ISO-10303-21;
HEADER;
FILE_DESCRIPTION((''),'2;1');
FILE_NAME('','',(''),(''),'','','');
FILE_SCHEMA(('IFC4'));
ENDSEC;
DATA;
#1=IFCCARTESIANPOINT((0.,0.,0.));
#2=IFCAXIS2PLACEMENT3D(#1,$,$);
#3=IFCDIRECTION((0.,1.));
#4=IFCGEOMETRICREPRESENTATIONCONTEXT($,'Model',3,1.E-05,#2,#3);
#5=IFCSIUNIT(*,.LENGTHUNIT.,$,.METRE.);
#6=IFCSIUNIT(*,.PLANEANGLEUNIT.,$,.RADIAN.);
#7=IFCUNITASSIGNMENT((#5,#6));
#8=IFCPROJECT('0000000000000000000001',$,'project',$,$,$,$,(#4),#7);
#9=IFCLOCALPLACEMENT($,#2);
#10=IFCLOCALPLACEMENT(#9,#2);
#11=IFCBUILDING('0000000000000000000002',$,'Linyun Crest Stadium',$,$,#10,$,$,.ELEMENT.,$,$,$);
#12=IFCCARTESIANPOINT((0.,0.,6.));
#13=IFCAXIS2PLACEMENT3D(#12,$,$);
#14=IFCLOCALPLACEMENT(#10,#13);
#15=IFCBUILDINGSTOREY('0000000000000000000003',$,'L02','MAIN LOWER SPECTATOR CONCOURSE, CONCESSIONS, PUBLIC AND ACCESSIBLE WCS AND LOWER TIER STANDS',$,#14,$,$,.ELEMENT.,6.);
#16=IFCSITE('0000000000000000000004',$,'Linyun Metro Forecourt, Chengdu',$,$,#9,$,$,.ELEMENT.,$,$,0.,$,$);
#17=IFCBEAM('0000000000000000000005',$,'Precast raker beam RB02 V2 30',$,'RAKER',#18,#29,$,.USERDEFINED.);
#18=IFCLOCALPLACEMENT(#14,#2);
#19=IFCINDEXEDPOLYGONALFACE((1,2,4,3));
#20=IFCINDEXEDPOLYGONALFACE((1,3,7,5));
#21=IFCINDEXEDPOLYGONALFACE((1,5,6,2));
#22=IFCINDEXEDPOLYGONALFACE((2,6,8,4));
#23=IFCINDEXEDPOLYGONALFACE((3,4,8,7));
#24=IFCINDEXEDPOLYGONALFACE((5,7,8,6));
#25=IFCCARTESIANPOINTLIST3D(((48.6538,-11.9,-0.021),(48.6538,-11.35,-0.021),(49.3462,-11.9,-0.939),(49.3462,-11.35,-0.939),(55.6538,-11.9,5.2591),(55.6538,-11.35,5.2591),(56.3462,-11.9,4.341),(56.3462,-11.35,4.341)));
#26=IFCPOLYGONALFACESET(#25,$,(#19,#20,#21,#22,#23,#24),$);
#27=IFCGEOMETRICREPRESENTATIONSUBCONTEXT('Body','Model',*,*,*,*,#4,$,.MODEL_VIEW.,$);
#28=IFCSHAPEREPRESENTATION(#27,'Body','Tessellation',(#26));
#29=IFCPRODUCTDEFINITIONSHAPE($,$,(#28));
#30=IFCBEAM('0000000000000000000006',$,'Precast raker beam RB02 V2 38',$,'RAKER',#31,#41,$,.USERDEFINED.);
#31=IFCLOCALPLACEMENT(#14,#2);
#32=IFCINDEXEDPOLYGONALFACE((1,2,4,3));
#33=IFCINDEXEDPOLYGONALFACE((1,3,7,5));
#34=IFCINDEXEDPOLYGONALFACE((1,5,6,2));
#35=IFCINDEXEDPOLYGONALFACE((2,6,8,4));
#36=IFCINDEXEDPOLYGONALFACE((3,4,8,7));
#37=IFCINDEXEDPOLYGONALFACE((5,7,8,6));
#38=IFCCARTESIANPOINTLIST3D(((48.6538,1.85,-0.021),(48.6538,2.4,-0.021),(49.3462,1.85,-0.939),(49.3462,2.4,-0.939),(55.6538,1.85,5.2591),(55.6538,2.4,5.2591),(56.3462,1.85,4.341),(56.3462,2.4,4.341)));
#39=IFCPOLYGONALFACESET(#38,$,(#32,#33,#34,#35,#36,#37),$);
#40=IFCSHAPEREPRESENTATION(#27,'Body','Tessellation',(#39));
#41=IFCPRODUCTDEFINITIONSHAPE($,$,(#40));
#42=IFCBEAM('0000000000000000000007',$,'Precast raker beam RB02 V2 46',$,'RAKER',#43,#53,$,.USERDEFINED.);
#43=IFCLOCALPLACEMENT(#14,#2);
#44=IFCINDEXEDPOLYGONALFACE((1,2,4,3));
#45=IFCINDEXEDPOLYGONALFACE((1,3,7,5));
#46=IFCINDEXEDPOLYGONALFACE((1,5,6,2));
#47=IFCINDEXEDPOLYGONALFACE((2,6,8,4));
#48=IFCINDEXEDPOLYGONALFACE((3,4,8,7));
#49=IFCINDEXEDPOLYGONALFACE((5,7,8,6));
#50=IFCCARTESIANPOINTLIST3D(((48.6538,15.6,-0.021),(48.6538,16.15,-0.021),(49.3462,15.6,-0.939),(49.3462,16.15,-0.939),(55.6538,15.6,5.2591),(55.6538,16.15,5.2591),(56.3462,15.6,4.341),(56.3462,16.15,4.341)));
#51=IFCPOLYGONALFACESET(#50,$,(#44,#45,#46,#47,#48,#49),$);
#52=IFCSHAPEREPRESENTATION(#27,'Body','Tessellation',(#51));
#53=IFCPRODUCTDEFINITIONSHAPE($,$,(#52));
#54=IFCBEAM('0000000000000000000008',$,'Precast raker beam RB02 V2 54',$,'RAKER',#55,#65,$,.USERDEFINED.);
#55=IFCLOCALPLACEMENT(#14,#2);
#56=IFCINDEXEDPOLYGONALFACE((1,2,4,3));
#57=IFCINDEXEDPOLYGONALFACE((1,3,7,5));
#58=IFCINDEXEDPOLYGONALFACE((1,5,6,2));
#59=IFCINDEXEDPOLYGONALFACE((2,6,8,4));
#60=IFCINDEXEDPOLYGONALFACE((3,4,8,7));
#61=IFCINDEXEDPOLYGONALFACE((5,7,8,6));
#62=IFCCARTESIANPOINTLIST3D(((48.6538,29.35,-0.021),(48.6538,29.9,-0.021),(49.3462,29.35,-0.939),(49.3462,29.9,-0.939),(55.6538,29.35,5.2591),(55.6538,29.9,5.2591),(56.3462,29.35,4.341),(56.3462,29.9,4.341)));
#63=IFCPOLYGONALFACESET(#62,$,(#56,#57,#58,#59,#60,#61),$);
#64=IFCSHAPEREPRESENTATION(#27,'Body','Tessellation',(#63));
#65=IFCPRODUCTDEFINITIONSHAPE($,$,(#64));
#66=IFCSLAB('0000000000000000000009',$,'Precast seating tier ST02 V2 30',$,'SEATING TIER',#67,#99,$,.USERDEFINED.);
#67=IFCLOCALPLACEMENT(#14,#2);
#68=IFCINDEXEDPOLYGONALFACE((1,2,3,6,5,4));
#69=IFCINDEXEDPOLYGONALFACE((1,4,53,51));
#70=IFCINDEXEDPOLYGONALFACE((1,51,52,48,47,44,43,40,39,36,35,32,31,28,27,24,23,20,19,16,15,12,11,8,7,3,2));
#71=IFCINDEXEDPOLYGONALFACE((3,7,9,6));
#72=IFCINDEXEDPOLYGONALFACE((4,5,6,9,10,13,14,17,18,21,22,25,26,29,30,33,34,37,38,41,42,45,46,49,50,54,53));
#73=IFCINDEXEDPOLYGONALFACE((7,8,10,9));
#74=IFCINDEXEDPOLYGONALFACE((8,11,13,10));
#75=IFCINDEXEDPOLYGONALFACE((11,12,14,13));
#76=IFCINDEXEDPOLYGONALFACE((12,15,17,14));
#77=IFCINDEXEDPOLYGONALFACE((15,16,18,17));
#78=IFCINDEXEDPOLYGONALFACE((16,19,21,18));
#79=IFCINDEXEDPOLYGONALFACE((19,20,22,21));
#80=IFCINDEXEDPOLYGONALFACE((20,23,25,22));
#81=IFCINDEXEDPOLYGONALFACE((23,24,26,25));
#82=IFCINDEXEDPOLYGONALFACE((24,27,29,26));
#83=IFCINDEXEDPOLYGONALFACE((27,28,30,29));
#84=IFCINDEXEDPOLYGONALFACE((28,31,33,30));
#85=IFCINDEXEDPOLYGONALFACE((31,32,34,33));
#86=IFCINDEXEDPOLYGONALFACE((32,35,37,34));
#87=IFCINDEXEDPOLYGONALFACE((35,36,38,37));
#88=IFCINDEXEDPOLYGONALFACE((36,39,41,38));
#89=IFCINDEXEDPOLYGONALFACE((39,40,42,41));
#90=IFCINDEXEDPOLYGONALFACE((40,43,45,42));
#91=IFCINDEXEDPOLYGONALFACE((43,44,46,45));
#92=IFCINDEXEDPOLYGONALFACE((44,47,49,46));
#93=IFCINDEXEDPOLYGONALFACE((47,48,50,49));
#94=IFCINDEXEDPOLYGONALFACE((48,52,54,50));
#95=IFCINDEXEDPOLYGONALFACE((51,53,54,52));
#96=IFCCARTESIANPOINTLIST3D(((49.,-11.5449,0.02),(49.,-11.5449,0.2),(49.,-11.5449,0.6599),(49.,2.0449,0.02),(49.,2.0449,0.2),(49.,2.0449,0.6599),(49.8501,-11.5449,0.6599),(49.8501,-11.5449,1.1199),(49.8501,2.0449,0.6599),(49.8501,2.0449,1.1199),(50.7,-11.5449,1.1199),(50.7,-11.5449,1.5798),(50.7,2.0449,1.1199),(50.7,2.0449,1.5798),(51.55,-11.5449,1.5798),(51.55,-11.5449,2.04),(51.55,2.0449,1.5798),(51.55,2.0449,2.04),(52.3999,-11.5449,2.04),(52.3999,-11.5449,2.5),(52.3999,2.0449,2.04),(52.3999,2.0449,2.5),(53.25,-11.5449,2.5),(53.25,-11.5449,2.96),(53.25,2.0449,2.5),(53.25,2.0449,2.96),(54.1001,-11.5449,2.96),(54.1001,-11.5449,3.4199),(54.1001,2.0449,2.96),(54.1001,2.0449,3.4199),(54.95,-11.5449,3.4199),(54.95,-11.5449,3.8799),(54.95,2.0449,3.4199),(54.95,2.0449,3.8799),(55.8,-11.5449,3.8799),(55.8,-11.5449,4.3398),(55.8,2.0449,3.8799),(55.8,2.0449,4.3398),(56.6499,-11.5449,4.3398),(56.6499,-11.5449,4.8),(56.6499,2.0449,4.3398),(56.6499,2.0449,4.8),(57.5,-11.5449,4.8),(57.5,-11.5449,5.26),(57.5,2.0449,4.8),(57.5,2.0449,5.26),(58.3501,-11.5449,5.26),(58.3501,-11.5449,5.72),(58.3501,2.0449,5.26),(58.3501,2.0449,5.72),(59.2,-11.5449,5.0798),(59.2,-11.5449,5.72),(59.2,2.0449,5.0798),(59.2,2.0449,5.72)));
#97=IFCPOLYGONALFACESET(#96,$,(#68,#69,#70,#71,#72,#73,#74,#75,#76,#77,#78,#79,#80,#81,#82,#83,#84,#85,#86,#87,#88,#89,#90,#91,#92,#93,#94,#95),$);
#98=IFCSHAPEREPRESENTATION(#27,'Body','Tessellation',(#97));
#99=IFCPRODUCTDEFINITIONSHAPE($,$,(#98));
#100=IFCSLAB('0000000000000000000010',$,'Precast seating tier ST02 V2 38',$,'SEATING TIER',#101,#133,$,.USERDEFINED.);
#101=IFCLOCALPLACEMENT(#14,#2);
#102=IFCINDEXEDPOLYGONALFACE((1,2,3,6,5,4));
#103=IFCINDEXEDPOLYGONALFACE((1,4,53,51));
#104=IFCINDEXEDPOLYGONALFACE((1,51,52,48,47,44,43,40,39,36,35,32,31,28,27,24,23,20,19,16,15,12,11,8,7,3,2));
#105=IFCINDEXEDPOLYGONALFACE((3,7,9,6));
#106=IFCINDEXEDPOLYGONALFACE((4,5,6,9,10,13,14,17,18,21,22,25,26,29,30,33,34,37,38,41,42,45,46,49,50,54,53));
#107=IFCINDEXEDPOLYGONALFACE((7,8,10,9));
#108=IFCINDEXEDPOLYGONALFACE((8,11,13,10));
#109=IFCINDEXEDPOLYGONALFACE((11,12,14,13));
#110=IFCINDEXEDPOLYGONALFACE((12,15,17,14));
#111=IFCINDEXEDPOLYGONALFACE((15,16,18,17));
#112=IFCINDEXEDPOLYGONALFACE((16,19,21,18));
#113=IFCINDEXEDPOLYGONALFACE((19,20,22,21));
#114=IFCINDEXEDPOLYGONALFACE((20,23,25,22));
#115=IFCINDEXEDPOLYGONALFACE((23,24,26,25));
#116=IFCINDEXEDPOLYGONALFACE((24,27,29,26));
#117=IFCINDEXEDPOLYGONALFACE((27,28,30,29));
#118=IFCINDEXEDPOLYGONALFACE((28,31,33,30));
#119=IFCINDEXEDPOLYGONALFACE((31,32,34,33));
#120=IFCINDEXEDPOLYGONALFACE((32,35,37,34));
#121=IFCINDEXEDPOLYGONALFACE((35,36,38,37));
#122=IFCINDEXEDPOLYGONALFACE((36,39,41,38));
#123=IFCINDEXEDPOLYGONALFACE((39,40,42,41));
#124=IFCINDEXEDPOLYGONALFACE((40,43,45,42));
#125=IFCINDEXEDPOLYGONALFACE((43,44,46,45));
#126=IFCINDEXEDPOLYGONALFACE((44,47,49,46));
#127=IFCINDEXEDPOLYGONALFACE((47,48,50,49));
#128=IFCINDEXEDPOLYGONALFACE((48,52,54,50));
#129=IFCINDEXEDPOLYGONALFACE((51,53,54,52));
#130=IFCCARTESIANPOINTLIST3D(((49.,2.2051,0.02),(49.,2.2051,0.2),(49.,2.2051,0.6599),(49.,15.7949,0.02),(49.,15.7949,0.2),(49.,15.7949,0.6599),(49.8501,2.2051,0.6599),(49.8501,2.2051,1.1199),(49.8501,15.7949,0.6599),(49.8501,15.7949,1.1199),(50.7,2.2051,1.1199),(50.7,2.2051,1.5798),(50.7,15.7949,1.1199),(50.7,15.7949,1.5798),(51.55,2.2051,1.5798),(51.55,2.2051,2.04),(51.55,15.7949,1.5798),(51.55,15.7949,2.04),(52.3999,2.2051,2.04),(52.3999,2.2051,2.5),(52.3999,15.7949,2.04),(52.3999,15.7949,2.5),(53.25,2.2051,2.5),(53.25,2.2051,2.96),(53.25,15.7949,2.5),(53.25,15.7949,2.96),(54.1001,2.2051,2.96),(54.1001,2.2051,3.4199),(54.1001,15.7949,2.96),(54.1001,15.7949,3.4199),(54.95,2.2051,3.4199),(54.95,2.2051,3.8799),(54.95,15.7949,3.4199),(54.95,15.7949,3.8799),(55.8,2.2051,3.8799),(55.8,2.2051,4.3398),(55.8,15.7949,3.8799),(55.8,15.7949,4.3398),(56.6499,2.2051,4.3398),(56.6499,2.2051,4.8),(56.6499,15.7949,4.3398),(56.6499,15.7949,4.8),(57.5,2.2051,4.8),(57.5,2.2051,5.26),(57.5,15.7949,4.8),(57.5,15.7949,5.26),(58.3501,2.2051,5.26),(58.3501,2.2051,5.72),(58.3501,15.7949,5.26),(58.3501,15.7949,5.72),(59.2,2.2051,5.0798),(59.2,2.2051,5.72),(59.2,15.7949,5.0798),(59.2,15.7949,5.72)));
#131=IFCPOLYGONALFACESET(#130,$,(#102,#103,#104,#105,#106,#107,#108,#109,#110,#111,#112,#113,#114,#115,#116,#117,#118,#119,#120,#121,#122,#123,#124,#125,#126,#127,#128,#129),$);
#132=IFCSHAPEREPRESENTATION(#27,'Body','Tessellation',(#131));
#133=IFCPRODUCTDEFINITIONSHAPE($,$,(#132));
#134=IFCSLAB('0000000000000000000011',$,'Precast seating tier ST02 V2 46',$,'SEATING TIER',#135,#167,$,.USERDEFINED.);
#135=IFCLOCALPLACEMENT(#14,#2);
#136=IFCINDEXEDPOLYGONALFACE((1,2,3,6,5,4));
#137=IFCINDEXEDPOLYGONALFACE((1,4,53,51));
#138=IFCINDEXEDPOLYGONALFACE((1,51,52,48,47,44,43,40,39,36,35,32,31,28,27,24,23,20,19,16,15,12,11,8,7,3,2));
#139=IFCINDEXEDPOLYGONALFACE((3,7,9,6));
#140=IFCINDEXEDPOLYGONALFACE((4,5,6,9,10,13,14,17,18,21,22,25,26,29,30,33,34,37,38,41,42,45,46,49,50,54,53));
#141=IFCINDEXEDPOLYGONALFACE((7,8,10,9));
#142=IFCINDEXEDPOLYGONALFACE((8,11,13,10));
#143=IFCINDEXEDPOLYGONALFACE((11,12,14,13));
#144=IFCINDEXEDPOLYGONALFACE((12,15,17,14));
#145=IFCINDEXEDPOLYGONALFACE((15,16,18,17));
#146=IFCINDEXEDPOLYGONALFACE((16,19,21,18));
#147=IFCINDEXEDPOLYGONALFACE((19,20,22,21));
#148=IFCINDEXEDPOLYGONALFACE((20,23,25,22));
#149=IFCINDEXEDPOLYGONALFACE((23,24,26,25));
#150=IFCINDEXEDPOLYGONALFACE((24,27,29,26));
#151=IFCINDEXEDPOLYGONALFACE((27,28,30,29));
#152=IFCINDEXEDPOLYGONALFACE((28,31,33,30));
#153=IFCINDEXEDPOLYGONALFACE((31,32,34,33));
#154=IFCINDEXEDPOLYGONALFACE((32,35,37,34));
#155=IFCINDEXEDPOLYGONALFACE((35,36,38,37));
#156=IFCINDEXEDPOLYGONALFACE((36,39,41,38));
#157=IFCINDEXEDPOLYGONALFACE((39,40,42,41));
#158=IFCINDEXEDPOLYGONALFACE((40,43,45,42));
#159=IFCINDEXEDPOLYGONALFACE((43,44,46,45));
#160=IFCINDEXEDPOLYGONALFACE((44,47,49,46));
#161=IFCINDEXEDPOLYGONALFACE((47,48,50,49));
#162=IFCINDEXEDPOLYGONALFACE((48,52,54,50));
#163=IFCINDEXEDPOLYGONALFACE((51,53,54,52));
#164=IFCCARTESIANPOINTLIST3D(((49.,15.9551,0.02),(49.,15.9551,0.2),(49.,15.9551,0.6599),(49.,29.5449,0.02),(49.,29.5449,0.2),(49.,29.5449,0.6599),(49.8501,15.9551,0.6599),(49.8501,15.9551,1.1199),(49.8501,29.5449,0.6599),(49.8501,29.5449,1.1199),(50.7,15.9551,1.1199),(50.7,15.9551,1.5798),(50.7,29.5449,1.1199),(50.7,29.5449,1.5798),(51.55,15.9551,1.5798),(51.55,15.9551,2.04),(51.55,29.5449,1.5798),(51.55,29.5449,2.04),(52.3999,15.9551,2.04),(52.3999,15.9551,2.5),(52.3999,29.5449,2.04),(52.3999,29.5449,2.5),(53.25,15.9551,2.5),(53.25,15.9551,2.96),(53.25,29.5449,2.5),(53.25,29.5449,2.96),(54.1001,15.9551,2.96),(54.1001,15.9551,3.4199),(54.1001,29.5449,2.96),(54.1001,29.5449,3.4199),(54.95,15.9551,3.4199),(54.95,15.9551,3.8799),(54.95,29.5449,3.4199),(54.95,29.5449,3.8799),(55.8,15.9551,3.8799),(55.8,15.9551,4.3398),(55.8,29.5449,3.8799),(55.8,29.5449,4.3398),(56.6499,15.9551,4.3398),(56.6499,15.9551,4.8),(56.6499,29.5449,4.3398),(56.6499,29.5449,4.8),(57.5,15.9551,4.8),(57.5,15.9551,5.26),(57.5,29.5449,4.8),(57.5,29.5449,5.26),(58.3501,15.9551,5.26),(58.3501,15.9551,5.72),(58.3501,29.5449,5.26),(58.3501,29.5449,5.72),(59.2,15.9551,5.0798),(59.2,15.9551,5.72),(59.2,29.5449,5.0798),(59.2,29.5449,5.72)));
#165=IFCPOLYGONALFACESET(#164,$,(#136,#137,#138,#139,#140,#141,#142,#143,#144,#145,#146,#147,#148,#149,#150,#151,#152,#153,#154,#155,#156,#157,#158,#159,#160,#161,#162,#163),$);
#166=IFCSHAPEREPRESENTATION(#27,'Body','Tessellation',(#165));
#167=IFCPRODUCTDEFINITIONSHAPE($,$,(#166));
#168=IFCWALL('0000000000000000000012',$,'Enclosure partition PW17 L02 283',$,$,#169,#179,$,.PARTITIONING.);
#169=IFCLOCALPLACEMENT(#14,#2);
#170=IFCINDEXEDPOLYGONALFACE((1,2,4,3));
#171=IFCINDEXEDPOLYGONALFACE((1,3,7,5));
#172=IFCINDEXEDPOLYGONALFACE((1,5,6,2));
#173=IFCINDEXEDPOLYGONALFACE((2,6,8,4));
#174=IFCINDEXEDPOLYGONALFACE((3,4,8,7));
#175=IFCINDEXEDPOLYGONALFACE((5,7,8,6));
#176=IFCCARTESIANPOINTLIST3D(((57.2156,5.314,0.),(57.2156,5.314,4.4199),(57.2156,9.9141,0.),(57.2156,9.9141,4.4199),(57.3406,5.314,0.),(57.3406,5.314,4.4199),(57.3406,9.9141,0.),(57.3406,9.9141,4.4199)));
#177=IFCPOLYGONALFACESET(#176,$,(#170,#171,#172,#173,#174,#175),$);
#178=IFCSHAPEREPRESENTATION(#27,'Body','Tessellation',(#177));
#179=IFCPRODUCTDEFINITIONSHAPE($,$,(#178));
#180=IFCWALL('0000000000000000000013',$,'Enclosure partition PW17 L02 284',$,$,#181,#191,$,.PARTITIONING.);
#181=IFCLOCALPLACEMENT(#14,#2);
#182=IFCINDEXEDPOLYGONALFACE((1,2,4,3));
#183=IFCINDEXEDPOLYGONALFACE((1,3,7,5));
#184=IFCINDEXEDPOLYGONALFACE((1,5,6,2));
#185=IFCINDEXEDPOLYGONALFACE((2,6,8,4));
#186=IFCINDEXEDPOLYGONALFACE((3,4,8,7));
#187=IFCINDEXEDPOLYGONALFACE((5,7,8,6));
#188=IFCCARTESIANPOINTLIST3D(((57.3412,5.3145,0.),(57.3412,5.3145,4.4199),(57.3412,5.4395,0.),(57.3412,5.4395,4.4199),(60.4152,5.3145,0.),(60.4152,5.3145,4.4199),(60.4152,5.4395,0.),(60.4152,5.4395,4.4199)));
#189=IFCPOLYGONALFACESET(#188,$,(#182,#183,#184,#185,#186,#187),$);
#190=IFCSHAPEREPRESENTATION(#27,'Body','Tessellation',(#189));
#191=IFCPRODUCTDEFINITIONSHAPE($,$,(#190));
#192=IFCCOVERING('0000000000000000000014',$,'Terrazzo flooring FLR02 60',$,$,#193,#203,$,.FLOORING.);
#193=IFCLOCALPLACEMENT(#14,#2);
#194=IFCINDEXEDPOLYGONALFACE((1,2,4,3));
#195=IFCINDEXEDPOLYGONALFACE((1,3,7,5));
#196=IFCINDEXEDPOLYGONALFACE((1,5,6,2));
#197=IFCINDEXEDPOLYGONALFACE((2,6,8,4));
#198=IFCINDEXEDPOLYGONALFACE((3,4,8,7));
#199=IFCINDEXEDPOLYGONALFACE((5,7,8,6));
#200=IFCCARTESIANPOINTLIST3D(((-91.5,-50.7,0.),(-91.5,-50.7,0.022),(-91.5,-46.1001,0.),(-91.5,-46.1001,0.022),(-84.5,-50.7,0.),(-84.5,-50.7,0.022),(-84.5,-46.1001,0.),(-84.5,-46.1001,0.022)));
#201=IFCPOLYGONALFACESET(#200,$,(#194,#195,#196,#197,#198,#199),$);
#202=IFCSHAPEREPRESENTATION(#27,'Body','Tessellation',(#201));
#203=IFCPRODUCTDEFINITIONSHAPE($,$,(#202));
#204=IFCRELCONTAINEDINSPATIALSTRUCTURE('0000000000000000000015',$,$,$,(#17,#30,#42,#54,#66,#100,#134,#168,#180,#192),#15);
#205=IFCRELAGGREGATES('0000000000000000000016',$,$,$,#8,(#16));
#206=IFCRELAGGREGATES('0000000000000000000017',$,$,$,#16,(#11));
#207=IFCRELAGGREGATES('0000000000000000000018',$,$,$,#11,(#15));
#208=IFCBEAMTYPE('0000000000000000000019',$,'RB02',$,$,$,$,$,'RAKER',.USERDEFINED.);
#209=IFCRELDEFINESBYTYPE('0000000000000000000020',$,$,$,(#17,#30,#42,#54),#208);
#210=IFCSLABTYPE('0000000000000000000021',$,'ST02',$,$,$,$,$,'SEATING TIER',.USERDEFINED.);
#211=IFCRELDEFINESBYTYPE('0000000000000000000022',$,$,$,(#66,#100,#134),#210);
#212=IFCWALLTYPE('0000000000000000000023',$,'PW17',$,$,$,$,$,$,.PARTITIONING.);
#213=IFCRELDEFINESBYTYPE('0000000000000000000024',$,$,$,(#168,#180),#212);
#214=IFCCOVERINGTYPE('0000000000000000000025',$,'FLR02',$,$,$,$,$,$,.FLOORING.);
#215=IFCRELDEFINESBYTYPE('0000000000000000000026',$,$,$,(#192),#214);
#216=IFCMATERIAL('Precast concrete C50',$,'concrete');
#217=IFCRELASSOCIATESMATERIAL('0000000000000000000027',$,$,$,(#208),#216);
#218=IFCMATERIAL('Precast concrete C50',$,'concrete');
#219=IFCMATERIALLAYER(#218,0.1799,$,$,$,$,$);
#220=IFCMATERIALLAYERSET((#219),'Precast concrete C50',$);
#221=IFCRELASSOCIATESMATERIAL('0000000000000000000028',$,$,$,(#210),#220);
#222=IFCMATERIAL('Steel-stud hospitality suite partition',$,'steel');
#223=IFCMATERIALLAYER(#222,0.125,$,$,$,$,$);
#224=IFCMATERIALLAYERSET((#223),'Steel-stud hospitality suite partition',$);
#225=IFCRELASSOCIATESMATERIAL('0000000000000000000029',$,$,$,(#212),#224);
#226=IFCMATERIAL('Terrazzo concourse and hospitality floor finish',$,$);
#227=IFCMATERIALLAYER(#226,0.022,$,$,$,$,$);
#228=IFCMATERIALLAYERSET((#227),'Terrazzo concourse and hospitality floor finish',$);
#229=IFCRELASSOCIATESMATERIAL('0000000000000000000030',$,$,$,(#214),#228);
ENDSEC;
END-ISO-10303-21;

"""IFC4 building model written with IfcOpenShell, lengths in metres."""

from ifc_helpers import new_model, si_unit, direction, frame, frame_2d, origin, origin_2d, place, context, subcontext, project, spatial, polyline, rectangle, outline, extrude, material, layer, layer_set, material_profile, profile_set, type_object, element, save


model = new_model("IFC4")

# Units and contexts
model_context = context("Model", 3, precision=1e-05, world=origin(), true_north=direction((0.0, 1.0)))
body_context = subcontext(model_context, "Body", "Model", "MODEL_VIEW")
ifc_project = project(units=[si_unit("LENGTHUNIT", "METRE"), si_unit("PLANEANGLEUNIT", "RADIAN")], contexts=[model_context])

# Site, building, storey
site_placement = place(None, origin())
site = spatial("IfcSite", under=ifc_project, at=site_placement, Name="Linyun Metro Forecourt, Chengdu", CompositionType="ELEMENT", RefElevation=0.0)
building_placement = place(site_placement, origin())
building = spatial("IfcBuilding", under=site, at=building_placement, Name="Linyun Crest Stadium", CompositionType="ELEMENT")
storey_placement = place(building_placement, frame((0.0, 0.0, 6.0)))
storey = spatial("IfcBuildingStorey", under=building, at=storey_placement, Name="L02", Description="MAIN LOWER SPECTATOR CONCOURSE, CONCESSIONS, PUBLIC AND ACCESSIBLE WCS AND LOWER TIER STANDS", CompositionType="ELEMENT", Elevation=6.0)

# Beams
ifc_material_1 = material(Name="Precast concrete C50", Category="concrete")
ifc_material_profile_1 = material_profile(ifc_material_1, rectangle(XDim=0.55, YDim=1.1499, at=origin_2d()), Name="PCR 1150x550")
ifc_profile_set_1 = profile_set([ifc_material_profile_1], Name="Precast concrete C50")
beam_type_1 = type_object("IfcBeamType", Name="RB02", ElementType="RAKER", PredefinedType="USERDEFINED", material=ifc_profile_set_1)
for number, where, z_axis, x_axis, name in (
    (1, (49.0, -11.625, -0.48), (0.798353, 0.0, 0.60219), (0.0, 1.0, 0.0), "Precast raker beam RB02 V2 30"),
    (2, (49.0, 2.125, -0.48), (0.798353, 0.0, 0.60219), (0.0, 1.0, 0.0), "Precast raker beam RB02 V2 38"),
    (3, (49.0, 15.875, -0.48), (0.798353, 0.0, 0.60219), (0.0, 1.0, 0.0), "Precast raker beam RB02 V2 46"),
    (4, (49.0, 29.625, -0.48), (0.798353, 0.0, 0.60219), (0.0, 1.0, 0.0), "Precast raker beam RB02 V2 54"),
):
    element("IfcBeam", number, at=place(storey_placement, frame(where, z_axis=z_axis, x_axis=x_axis)), inside=storey, type_object=beam_type_1, Name=name, ObjectType="RAKER", PredefinedType="USERDEFINED", context=body_context, shape_type="SweptSolid", body=[
        extrude(rectangle(XDim=0.55, YDim=1.1499, at=origin_2d()), origin(), (0.0, 0.0, 1.0), 8.7681),
    ])

# Slabs
ifc_material_2 = material(Name="Precast concrete C50", Category="concrete")
ifc_layer_1 = layer(ifc_material_2, 0.1799)
ifc_layer_set_1 = layer_set([ifc_layer_1], Name="Precast concrete C50")
slab_type = type_object("IfcSlabType", Name="ST02", ElementType="SEATING TIER", PredefinedType="USERDEFINED", material=ifc_layer_set_1)
for number, where, z_axis, x_axis, name in (
    (5, (49.0, -11.5449, 0.2), (0.0, 0.0, 1.0), (1.0, 0.0, 0.0), "Precast seating tier ST02 V2 30"),
    (6, (49.0, 2.2051, 0.2), (0.0, 0.0, 1.0), (1.0, 0.0, 0.0), "Precast seating tier ST02 V2 38"),
    (7, (49.0, 15.9551, 0.2), (0.0, 0.0, 1.0), (1.0, 0.0, 0.0), "Precast seating tier ST02 V2 46"),
):
    element("IfcSlab", number, at=place(storey_placement, frame(where, z_axis=z_axis, x_axis=x_axis)), inside=storey, type_object=slab_type, Name=name, ObjectType="SEATING TIER", PredefinedType="USERDEFINED", context=body_context, shape_type="SweptSolid", body=[
        extrude(outline(polyline([(0.0, 0.0), (0.0, -0.46), (0.8501, -0.46), (0.8501, -0.9199), (1.7, -0.9199), (1.7, -1.3799), (2.55, -1.3799), (2.55, -1.8401), (3.3999, -1.8401), (3.3999, -2.3), (4.25, -2.3), (4.25, -2.76), (5.1001, -2.76), (5.1001, -3.22), (5.95, -3.22), (5.95, -3.6799), (6.8, -3.6799), (6.8, -4.1399), (7.6499, -4.1399), (7.6499, -4.6001), (8.5, -4.6001), (8.5, -5.0601), (9.3501, -5.0601), (9.3501, -5.52), (10.2, -5.52), (10.2, -4.8799), (0.0, 0.1799), (0.0, 0.0)])), frame((0.0, 0.0, 0.0), z_axis=(0.0, 1.0, 0.0), x_axis=(1.0, 0.0, 0.0)), (0.0, 0.0, 1.0), 13.5898),
    ])

# Walls
ifc_material_3 = material(Name="Steel-stud hospitality suite partition", Category="steel")
ifc_layer_2 = layer(ifc_material_3, 0.125)
ifc_layer_set_2 = layer_set([ifc_layer_2], Name="Steel-stud hospitality suite partition")
wall_type = type_object("IfcWallType", Name="PW17", PredefinedType="PARTITIONING", material=ifc_layer_set_2)
wall_1_placement = place(storey_placement, frame((57.2781, 5.314, 0.0), z_axis=(0.0, 0.0, 1.0), x_axis=(0.0, 1.0, 0.0)))
element("IfcWall", 8, at=wall_1_placement, inside=storey, type_object=wall_type, Name="Enclosure partition PW17 L02 283", PredefinedType="PARTITIONING", context=body_context, shape_type="SweptSolid", body=[
    extrude(rectangle(XDim=4.6001, YDim=0.125, at=frame_2d((2.3, 0.0))), origin(), (0.0, 0.0, 1.0), 4.4199),
])
wall_2_placement = place(storey_placement, frame((57.3411, 5.377, 0.0), z_axis=(0.0, 0.0, 1.0), x_axis=(1.0, 0.0, 0.0)))
element("IfcWall", 9, at=wall_2_placement, inside=storey, type_object=wall_type, Name="Enclosure partition PW17 L02 284", PredefinedType="PARTITIONING", context=body_context, shape_type="SweptSolid", body=[
    extrude(rectangle(XDim=3.074, YDim=0.125, at=frame_2d((1.5371, 0.0))), origin(), (0.0, 0.0, 1.0), 4.4199),
])

# Covering
ifc_material_4 = material(Name="Terrazzo concourse and hospitality floor finish")
ifc_layer_3 = layer(ifc_material_4, 0.022)
ifc_layer_set_3 = layer_set([ifc_layer_3], Name="Terrazzo concourse and hospitality floor finish")
covering_type = type_object("IfcCoveringType", Name="FLR02", PredefinedType="FLOORING", material=ifc_layer_set_3)
covering_1_placement = place(storey_placement, origin())
element("IfcCovering", 10, at=covering_1_placement, inside=storey, type_object=covering_type, Name="Terrazzo flooring FLR02 60", PredefinedType="FLOORING", context=body_context, shape_type="SweptSolid", body=[
    extrude(outline(polyline([(-91.5, -50.7), (-84.5, -50.7), (-84.5, -46.1001), (-91.5, -46.1001), (-91.5, -50.7)])), origin(), (0.0, 0.0, 1.0), 0.022),
])

save(model, "model.ifc")
